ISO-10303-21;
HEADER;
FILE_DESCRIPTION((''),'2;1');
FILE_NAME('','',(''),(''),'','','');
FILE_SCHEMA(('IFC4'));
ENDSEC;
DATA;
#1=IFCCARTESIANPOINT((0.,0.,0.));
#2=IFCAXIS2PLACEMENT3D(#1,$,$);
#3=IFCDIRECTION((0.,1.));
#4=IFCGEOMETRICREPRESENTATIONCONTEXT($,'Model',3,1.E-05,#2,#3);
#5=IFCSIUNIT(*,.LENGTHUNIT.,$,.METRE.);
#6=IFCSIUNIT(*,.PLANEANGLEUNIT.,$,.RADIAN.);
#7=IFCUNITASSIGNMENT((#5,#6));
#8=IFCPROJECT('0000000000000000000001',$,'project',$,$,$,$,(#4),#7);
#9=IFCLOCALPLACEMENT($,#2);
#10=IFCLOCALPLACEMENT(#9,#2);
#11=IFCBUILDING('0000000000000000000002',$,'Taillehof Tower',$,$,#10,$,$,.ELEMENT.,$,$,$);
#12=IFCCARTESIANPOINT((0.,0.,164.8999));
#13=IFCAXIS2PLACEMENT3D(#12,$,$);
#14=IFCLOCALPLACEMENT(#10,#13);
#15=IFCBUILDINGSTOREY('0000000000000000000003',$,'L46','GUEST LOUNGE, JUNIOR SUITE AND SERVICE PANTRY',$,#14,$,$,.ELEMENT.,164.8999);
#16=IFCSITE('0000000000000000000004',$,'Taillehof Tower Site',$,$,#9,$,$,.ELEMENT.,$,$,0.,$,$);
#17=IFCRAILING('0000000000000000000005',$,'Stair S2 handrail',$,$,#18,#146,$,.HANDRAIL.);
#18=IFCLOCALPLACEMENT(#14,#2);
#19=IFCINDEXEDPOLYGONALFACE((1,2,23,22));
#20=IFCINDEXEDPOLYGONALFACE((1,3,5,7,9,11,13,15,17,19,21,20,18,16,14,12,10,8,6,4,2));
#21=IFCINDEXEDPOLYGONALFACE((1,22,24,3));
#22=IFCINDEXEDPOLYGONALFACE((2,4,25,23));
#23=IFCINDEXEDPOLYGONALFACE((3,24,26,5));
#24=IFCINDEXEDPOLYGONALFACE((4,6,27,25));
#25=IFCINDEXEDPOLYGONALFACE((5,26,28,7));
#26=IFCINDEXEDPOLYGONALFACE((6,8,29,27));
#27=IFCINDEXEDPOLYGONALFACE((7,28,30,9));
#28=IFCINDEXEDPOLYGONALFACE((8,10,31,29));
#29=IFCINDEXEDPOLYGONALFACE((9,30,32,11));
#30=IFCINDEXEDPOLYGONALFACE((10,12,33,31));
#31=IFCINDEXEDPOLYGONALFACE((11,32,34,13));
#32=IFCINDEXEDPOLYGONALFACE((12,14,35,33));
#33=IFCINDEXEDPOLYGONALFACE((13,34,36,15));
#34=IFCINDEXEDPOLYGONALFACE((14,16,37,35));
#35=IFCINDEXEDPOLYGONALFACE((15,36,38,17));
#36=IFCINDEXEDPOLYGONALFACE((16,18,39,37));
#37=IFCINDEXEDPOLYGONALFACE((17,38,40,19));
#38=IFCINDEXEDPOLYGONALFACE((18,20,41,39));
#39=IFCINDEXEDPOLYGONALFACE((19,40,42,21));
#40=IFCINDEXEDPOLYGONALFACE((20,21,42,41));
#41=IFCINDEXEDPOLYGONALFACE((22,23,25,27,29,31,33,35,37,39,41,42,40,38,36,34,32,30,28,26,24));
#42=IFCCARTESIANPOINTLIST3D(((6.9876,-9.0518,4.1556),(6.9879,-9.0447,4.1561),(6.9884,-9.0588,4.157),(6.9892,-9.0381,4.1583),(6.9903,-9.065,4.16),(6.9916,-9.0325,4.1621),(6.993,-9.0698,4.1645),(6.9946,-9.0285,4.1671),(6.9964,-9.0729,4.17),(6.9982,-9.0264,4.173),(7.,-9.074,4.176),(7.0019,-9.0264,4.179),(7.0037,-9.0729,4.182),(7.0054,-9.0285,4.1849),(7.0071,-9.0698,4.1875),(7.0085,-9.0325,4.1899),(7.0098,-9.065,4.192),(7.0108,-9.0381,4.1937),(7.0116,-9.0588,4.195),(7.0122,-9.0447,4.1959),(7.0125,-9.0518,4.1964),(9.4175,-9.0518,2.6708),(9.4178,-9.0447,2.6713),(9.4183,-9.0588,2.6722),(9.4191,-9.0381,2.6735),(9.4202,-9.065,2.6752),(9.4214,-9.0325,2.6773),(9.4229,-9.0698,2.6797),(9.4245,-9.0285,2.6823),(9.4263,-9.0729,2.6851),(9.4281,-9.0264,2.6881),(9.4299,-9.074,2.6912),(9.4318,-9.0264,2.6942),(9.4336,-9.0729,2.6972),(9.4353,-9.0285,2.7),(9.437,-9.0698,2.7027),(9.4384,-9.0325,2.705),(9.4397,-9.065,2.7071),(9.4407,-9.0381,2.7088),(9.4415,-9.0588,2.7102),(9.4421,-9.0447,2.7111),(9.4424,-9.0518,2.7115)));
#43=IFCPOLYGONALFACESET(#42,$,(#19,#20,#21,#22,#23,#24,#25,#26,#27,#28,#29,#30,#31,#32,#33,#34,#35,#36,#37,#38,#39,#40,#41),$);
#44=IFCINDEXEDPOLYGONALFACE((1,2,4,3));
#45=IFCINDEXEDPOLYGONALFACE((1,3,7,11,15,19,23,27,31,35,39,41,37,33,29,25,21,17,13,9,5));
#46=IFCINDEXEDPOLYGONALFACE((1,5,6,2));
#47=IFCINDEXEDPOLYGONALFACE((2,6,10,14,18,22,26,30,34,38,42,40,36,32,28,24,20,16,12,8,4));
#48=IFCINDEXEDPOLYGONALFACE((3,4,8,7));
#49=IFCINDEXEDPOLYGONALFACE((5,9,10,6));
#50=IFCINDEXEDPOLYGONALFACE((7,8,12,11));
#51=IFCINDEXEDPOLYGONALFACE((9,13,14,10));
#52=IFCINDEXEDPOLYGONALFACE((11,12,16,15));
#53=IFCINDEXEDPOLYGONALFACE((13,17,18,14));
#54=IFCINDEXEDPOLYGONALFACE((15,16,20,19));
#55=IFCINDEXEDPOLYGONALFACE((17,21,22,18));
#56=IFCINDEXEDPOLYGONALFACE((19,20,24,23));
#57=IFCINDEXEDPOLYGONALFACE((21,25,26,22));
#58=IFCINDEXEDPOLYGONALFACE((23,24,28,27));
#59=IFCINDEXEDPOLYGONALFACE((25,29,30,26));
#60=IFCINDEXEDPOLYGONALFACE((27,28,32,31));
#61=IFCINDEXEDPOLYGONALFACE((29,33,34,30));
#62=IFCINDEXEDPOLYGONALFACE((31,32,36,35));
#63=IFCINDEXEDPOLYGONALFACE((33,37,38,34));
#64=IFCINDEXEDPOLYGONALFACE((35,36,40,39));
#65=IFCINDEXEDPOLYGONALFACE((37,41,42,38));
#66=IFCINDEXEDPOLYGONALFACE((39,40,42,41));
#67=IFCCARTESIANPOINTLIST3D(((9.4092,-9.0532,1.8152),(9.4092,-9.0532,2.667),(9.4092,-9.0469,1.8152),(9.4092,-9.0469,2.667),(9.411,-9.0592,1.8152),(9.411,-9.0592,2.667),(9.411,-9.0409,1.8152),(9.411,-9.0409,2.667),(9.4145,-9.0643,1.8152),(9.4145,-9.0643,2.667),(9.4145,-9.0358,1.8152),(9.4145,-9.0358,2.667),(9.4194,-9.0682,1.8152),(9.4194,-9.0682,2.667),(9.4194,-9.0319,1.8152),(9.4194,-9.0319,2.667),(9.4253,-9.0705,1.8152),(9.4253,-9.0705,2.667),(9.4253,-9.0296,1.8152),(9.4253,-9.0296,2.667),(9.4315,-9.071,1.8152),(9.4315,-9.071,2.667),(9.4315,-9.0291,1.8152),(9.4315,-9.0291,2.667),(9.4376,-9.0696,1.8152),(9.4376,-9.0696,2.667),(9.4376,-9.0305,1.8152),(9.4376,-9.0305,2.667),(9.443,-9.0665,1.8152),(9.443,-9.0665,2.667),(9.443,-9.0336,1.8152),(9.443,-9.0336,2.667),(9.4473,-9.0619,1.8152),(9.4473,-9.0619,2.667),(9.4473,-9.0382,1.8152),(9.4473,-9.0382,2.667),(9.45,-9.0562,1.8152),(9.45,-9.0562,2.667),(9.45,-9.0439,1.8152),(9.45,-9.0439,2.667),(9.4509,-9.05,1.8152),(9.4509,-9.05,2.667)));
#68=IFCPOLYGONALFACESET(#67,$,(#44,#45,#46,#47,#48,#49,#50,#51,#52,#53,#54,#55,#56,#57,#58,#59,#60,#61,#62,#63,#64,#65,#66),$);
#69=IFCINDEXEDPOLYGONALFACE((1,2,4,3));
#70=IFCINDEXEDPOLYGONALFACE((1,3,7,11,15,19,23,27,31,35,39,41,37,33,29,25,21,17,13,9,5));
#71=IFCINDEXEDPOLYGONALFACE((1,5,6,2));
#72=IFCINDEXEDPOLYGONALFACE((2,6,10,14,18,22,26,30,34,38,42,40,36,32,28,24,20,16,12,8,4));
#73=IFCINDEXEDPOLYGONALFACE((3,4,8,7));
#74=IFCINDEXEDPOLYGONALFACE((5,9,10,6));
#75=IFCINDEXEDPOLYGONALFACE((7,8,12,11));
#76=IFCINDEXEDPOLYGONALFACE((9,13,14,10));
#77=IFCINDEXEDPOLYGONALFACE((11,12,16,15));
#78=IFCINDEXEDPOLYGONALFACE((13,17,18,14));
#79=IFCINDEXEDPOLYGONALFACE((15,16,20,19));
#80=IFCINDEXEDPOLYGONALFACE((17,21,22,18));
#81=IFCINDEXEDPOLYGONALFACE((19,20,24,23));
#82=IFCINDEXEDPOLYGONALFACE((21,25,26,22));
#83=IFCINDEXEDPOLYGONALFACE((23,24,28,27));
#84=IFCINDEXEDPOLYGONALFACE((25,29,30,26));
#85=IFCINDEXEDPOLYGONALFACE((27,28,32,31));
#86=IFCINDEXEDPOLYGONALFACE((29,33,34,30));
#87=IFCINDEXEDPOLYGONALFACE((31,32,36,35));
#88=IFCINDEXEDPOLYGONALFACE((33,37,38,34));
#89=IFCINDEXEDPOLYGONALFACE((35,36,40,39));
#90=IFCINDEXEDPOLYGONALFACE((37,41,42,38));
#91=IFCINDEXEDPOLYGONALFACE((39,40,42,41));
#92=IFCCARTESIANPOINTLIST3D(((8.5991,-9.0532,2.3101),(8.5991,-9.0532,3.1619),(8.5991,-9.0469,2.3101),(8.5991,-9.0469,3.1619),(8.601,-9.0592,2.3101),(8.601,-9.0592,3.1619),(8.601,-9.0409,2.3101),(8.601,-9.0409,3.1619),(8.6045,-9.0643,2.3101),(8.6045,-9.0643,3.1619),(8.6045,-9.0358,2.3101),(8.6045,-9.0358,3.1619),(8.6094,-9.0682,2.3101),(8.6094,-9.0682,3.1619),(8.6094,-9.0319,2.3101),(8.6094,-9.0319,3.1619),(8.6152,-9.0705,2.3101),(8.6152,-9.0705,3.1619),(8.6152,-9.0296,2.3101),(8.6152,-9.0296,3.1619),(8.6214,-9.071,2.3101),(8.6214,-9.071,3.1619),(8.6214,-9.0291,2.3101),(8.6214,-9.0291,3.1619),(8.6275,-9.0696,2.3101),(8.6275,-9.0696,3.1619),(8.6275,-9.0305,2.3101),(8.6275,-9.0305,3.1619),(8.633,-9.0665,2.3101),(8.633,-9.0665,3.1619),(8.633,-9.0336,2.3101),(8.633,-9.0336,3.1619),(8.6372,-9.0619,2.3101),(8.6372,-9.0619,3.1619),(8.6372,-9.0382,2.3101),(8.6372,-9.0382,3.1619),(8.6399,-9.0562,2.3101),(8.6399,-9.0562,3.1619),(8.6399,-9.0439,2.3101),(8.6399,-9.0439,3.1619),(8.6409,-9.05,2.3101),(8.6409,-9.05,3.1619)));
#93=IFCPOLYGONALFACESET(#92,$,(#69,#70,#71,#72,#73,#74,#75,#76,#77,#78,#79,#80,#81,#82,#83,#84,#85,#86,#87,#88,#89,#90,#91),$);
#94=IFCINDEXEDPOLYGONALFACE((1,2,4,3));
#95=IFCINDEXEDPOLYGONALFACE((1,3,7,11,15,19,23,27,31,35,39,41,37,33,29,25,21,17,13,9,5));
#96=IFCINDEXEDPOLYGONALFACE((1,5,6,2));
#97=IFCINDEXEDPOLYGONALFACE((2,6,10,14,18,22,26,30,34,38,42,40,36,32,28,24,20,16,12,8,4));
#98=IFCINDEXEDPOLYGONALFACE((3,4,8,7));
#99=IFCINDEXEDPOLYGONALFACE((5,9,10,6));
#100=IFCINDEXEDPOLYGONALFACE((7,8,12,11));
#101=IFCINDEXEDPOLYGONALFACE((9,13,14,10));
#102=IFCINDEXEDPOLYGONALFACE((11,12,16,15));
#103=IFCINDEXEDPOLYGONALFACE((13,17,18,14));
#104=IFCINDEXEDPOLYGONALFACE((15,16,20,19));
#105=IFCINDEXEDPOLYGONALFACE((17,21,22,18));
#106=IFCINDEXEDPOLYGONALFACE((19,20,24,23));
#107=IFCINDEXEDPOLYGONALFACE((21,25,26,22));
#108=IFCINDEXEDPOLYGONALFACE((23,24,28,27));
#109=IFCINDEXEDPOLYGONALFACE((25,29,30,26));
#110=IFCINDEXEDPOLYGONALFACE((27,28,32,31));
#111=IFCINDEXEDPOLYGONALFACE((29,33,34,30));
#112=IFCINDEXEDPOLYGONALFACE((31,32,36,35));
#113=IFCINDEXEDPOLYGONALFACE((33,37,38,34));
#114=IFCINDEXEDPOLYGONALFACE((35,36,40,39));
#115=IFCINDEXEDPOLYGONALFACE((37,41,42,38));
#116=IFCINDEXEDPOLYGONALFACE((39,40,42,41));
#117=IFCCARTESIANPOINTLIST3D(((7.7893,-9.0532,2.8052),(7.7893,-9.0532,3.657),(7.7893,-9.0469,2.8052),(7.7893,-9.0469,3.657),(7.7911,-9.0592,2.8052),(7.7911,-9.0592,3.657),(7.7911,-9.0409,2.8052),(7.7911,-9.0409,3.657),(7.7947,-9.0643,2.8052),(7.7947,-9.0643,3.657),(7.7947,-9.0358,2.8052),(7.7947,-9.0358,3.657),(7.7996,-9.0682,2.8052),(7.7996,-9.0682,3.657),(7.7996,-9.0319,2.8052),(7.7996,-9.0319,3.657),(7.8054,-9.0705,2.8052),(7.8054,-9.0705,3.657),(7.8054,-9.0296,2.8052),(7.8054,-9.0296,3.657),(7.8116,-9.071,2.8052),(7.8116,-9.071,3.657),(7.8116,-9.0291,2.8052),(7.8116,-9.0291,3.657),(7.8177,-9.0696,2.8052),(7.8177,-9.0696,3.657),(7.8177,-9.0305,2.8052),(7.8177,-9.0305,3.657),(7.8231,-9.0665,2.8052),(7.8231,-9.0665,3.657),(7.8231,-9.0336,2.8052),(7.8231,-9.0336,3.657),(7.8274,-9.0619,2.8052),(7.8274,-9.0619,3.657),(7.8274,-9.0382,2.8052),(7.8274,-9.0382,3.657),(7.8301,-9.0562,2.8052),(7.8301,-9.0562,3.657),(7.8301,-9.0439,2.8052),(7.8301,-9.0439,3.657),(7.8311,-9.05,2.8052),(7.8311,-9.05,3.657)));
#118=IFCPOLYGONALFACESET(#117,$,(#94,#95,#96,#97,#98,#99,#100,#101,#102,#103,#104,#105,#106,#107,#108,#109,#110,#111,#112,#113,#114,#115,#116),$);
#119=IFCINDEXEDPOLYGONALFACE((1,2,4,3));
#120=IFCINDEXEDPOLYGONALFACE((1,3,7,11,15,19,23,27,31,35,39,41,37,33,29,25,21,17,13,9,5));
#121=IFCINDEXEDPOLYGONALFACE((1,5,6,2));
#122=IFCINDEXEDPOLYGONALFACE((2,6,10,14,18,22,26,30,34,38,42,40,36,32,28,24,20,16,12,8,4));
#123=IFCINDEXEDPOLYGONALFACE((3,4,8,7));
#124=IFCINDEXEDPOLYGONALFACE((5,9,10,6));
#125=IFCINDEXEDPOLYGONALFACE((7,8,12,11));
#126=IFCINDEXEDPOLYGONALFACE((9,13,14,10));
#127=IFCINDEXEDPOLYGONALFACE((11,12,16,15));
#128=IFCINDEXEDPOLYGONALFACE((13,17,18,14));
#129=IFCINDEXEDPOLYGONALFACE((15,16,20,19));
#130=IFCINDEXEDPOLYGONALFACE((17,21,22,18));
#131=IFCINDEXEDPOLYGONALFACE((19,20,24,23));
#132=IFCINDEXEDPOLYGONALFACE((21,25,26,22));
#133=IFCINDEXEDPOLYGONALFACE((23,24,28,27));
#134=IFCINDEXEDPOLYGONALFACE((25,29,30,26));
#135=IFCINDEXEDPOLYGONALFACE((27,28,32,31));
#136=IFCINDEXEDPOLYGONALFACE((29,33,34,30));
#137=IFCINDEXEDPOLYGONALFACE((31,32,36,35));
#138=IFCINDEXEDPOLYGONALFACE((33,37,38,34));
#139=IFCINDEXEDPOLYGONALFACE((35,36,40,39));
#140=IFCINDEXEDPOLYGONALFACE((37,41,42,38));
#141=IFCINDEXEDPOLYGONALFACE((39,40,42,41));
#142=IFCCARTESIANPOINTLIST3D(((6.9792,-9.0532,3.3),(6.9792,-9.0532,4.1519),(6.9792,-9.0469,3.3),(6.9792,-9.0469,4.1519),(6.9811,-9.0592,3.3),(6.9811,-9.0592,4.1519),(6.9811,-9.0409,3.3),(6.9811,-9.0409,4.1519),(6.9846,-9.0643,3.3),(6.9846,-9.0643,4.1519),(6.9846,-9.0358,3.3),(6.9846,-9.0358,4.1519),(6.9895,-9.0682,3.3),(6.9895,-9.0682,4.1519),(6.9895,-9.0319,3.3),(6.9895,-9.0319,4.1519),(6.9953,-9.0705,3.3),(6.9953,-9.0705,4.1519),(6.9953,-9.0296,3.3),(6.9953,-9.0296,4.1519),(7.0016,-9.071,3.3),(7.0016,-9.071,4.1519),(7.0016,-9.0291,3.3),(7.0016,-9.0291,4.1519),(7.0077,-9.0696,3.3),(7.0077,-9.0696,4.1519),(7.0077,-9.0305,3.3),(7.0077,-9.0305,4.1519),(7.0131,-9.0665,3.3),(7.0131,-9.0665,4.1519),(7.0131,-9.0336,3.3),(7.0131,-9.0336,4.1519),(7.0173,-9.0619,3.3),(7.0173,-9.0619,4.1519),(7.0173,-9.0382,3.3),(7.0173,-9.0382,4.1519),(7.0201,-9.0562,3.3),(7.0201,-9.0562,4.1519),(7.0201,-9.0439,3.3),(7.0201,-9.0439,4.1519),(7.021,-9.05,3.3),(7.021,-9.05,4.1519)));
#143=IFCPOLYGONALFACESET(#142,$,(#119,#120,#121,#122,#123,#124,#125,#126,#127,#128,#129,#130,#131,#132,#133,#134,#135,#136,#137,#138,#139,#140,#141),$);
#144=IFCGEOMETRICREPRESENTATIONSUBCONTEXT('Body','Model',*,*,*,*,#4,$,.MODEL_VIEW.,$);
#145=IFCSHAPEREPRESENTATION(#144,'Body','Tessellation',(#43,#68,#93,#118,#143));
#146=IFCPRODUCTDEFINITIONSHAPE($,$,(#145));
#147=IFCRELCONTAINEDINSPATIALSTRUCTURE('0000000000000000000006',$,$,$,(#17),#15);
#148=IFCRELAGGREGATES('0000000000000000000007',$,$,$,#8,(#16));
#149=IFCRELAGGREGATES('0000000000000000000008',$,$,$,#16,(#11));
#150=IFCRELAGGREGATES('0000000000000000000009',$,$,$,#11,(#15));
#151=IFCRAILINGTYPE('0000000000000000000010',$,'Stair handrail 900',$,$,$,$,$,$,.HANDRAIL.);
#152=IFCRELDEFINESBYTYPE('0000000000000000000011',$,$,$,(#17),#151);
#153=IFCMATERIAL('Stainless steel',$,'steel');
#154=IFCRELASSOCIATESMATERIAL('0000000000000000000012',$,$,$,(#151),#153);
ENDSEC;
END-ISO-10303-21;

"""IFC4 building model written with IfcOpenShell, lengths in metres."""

from ifc_helpers import new_model, si_unit, direction, frame, origin, origin_2d, place, context, subcontext, project, spatial, circle, extrude, material, type_object, element, save


model = new_model("IFC4")

# Units and contexts
model_context = context("Model", 3, precision=1e-05, world=origin(), true_north=direction((0.0, 1.0)))
body_context = subcontext(model_context, "Body", "Model", "MODEL_VIEW")
ifc_project = project(units=[si_unit("LENGTHUNIT", "METRE"), si_unit("PLANEANGLEUNIT", "RADIAN")], contexts=[model_context])

# Site, building, storey
site_placement = place(None, origin())
site = spatial("IfcSite", under=ifc_project, at=site_placement, Name="Taillehof Tower Site", CompositionType="ELEMENT", RefElevation=0.0)
building_placement = place(site_placement, origin())
building = spatial("IfcBuilding", under=site, at=building_placement, Name="Taillehof Tower", CompositionType="ELEMENT")
storey_placement = place(building_placement, frame((0.0, 0.0, 164.8999)))
storey = spatial("IfcBuildingStorey", under=building, at=storey_placement, Name="L46", Description="GUEST LOUNGE, JUNIOR SUITE AND SERVICE PANTRY", CompositionType="ELEMENT", Elevation=164.8999)

# Railing
ifc_material_1 = material(Name="Stainless steel", Category="steel")
railing_type = type_object("IfcRailingType", Name="Stair handrail 900", PredefinedType="HANDRAIL", material=ifc_material_1)
railing_placement = place(storey_placement, frame((9.4299, -9.05, 1.8152)))
element("IfcRailing", 1, at=railing_placement, inside=storey, type_object=railing_type, Name="Stair S2 handrail", PredefinedType="HANDRAIL", context=body_context, shape_type="SweptSolid", body=[
    extrude(circle(Radius=0.0239, at=origin_2d()), frame((0.0, 0.0, 0.876), z_axis=(-0.853297, 0.0, 0.521426), x_axis=(0.0, -1.0, 0.0)), (0.0, 0.0, 1.0), 2.8477),
    extrude(circle(Radius=0.021, at=origin_2d()), origin(), (0.0, 0.0, 1.0), 0.8518),
    extrude(circle(Radius=0.021, at=origin_2d()), frame((-0.8101, 0.0, 0.4949)), (0.0, 0.0, 1.0), 0.8518),
    extrude(circle(Radius=0.021, at=origin_2d()), frame((-1.6199, 0.0, 0.99)), (0.0, 0.0, 1.0), 0.8518),
    extrude(circle(Radius=0.021, at=origin_2d()), frame((-2.4299, 0.0, 1.4849)), (0.0, 0.0, 1.0), 0.8518),
])

save(model, "model.ifc")
